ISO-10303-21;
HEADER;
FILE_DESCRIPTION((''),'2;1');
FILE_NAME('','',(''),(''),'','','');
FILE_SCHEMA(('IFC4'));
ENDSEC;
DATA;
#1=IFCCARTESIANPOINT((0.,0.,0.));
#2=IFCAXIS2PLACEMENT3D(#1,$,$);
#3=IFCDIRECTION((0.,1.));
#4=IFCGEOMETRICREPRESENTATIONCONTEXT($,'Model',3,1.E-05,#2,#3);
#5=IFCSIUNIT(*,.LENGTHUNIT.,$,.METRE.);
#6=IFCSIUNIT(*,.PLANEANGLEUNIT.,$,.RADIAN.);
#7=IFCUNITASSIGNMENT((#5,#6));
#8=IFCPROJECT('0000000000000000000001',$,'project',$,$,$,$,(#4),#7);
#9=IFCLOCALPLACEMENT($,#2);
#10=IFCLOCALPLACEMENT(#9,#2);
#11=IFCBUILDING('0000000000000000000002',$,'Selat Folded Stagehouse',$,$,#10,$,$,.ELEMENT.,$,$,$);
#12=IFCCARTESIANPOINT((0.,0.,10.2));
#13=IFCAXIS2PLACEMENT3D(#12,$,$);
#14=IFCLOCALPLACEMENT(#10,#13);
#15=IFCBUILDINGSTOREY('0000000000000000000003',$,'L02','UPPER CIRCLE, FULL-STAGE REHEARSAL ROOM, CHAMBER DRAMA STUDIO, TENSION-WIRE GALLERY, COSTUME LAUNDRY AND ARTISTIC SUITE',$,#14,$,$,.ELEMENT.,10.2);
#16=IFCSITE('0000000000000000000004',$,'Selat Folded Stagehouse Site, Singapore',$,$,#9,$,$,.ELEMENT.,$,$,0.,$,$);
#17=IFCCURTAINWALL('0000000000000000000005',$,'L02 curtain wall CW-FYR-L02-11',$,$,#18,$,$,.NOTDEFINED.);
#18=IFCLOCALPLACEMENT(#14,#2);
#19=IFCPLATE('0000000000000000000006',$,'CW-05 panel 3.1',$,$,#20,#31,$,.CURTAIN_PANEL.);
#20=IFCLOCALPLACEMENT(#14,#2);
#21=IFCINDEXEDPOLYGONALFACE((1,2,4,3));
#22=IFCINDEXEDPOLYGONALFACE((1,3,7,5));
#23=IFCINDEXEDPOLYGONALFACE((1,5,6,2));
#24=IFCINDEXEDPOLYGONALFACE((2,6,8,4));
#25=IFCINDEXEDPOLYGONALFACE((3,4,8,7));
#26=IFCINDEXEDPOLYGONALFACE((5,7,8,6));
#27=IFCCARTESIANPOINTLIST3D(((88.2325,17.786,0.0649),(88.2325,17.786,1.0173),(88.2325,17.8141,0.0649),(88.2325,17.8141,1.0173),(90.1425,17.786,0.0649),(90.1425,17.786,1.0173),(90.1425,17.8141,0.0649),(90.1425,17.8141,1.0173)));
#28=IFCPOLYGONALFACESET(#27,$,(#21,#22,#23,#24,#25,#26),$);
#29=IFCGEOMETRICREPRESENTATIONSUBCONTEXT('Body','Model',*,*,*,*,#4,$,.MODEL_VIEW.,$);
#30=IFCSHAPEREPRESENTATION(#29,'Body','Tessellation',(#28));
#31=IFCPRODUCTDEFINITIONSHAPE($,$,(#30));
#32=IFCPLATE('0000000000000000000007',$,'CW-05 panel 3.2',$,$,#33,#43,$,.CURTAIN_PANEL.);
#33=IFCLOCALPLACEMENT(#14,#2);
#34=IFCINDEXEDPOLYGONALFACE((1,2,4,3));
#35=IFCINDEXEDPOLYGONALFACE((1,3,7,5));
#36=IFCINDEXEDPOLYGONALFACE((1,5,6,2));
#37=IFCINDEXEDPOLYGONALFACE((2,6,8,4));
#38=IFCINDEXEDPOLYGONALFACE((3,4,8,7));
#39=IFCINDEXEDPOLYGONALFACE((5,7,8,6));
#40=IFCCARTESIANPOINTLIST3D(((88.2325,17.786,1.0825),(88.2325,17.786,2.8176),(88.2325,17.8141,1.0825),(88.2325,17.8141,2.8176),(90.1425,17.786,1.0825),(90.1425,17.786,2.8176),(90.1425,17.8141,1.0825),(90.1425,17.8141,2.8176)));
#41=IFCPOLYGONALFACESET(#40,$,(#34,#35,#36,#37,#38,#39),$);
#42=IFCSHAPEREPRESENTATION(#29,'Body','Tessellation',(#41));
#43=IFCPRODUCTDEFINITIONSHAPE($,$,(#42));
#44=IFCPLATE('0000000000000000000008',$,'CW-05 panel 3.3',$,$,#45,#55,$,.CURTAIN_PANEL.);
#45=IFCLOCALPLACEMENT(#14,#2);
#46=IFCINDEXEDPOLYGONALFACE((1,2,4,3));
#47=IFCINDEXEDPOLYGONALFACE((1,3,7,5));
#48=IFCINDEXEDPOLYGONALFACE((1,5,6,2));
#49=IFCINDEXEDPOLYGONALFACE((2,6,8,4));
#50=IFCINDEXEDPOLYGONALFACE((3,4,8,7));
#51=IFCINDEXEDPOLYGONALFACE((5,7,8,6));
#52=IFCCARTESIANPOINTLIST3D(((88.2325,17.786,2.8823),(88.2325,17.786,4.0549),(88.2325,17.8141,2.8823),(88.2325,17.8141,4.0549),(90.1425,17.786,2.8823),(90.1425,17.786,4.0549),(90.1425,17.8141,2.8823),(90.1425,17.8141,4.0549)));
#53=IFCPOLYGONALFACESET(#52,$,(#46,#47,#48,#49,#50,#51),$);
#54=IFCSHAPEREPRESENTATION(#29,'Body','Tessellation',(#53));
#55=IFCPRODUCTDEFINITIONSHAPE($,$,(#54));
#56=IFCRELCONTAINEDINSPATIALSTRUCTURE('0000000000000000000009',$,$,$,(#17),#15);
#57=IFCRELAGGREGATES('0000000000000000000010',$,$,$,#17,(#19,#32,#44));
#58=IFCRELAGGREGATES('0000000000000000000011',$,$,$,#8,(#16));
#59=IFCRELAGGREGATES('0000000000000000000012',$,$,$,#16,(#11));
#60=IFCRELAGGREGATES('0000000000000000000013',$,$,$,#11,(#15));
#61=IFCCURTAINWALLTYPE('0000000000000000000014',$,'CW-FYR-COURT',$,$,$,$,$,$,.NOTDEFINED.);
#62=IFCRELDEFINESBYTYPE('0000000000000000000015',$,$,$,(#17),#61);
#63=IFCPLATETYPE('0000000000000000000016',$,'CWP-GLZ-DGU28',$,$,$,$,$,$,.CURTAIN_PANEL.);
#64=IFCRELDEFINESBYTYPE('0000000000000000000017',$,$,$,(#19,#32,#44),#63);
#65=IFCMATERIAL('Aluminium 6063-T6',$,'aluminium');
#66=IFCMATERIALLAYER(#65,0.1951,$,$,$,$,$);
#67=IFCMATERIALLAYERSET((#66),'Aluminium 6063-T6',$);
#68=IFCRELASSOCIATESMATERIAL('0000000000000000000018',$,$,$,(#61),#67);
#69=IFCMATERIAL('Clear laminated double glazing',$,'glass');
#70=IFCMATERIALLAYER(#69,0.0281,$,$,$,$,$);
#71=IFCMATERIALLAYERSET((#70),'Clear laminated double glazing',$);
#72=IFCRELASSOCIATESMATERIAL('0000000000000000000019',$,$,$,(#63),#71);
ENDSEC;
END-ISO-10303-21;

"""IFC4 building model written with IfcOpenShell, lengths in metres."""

from ifc_helpers import new_model, si_unit, direction, frame, origin, origin_2d, place, context, subcontext, project, spatial, rectangle, extrude, material, layer, layer_set, type_object, element, aggregate, save


model = new_model("IFC4")

# Units and contexts
model_context = context("Model", 3, precision=1e-05, world=origin(), true_north=direction((0.0, 1.0)))
body_context = subcontext(model_context, "Body", "Model", "MODEL_VIEW")
ifc_project = project(units=[si_unit("LENGTHUNIT", "METRE"), si_unit("PLANEANGLEUNIT", "RADIAN")], contexts=[model_context])

# Site, building, storey
site_placement = place(None, origin())
site = spatial("IfcSite", under=ifc_project, at=site_placement, Name="Selat Folded Stagehouse Site, Singapore", CompositionType="ELEMENT", RefElevation=0.0)
building_placement = place(site_placement, origin())
building = spatial("IfcBuilding", under=site, at=building_placement, Name="Selat Folded Stagehouse", CompositionType="ELEMENT")
storey_placement = place(building_placement, frame((0.0, 0.0, 10.2)))
storey = spatial("IfcBuildingStorey", under=building, at=storey_placement, Name="L02", Description="UPPER CIRCLE, FULL-STAGE REHEARSAL ROOM, CHAMBER DRAMA STUDIO, TENSION-WIRE GALLERY, COSTUME LAUNDRY AND ARTISTIC SUITE", CompositionType="ELEMENT", Elevation=10.2)

# Curtain wall
ifc_material_1 = material(Name="Aluminium 6063-T6", Category="aluminium")
ifc_layer_1 = layer(ifc_material_1, 0.1951)
ifc_layer_set_1 = layer_set([ifc_layer_1], Name="Aluminium 6063-T6")
curtain_wall_type = type_object("IfcCurtainWallType", Name="CW-FYR-COURT", PredefinedType="NOTDEFINED", material=ifc_layer_set_1)
curtain_wall_placement = place(storey_placement, origin())
curtain_wall = element("IfcCurtainWall", 1, at=curtain_wall_placement, inside=storey, type_object=curtain_wall_type, Name="L02 curtain wall CW-FYR-L02-11", PredefinedType="NOTDEFINED")

# Plates
ifc_material_2 = material(Name="Clear laminated double glazing", Category="glass")
ifc_layer_2 = layer(ifc_material_2, 0.0281)
ifc_layer_set_2 = layer_set([ifc_layer_2], Name="Clear laminated double glazing")
plate_type = type_object("IfcPlateType", Name="CWP-GLZ-DGU28", PredefinedType="CURTAIN_PANEL", material=ifc_layer_set_2)
plate_1_placement = place(storey_placement, frame((89.1875, 17.8, 0.0649), z_axis=(0.0, 0.0, 1.0), x_axis=(1.0, 0.0, 0.0)))
plate_1 = element("IfcPlate", 2, at=plate_1_placement, type_object=plate_type, Name="CW-05 panel 3.1", PredefinedType="CURTAIN_PANEL", context=body_context, shape_type="SweptSolid", body=[
    extrude(rectangle(XDim=1.9099, YDim=0.0281, at=origin_2d()), origin(), (0.0, 0.0, 1.0), 0.9524),
])
plate_2_placement = place(storey_placement, frame((89.1875, 17.8, 1.0825), z_axis=(0.0, 0.0, 1.0), x_axis=(1.0, 0.0, 0.0)))
plate_2 = element("IfcPlate", 3, at=plate_2_placement, type_object=plate_type, Name="CW-05 panel 3.2", PredefinedType="CURTAIN_PANEL", context=body_context, shape_type="SweptSolid", body=[
    extrude(rectangle(XDim=1.9099, YDim=0.0281, at=origin_2d()), origin(), (0.0, 0.0, 1.0), 1.7351),
])
plate_3_placement = place(storey_placement, frame((89.1875, 17.8, 2.8823), z_axis=(0.0, 0.0, 1.0), x_axis=(1.0, 0.0, 0.0)))
plate_3 = element("IfcPlate", 4, at=plate_3_placement, type_object=plate_type, Name="CW-05 panel 3.3", PredefinedType="CURTAIN_PANEL", context=body_context, shape_type="SweptSolid", body=[
    extrude(rectangle(XDim=1.9099, YDim=0.0281, at=origin_2d()), origin(), (0.0, 0.0, 1.0), 1.1726),
])
aggregate(curtain_wall, [plate_1, plate_2, plate_3])

save(model, "model.ifc")
